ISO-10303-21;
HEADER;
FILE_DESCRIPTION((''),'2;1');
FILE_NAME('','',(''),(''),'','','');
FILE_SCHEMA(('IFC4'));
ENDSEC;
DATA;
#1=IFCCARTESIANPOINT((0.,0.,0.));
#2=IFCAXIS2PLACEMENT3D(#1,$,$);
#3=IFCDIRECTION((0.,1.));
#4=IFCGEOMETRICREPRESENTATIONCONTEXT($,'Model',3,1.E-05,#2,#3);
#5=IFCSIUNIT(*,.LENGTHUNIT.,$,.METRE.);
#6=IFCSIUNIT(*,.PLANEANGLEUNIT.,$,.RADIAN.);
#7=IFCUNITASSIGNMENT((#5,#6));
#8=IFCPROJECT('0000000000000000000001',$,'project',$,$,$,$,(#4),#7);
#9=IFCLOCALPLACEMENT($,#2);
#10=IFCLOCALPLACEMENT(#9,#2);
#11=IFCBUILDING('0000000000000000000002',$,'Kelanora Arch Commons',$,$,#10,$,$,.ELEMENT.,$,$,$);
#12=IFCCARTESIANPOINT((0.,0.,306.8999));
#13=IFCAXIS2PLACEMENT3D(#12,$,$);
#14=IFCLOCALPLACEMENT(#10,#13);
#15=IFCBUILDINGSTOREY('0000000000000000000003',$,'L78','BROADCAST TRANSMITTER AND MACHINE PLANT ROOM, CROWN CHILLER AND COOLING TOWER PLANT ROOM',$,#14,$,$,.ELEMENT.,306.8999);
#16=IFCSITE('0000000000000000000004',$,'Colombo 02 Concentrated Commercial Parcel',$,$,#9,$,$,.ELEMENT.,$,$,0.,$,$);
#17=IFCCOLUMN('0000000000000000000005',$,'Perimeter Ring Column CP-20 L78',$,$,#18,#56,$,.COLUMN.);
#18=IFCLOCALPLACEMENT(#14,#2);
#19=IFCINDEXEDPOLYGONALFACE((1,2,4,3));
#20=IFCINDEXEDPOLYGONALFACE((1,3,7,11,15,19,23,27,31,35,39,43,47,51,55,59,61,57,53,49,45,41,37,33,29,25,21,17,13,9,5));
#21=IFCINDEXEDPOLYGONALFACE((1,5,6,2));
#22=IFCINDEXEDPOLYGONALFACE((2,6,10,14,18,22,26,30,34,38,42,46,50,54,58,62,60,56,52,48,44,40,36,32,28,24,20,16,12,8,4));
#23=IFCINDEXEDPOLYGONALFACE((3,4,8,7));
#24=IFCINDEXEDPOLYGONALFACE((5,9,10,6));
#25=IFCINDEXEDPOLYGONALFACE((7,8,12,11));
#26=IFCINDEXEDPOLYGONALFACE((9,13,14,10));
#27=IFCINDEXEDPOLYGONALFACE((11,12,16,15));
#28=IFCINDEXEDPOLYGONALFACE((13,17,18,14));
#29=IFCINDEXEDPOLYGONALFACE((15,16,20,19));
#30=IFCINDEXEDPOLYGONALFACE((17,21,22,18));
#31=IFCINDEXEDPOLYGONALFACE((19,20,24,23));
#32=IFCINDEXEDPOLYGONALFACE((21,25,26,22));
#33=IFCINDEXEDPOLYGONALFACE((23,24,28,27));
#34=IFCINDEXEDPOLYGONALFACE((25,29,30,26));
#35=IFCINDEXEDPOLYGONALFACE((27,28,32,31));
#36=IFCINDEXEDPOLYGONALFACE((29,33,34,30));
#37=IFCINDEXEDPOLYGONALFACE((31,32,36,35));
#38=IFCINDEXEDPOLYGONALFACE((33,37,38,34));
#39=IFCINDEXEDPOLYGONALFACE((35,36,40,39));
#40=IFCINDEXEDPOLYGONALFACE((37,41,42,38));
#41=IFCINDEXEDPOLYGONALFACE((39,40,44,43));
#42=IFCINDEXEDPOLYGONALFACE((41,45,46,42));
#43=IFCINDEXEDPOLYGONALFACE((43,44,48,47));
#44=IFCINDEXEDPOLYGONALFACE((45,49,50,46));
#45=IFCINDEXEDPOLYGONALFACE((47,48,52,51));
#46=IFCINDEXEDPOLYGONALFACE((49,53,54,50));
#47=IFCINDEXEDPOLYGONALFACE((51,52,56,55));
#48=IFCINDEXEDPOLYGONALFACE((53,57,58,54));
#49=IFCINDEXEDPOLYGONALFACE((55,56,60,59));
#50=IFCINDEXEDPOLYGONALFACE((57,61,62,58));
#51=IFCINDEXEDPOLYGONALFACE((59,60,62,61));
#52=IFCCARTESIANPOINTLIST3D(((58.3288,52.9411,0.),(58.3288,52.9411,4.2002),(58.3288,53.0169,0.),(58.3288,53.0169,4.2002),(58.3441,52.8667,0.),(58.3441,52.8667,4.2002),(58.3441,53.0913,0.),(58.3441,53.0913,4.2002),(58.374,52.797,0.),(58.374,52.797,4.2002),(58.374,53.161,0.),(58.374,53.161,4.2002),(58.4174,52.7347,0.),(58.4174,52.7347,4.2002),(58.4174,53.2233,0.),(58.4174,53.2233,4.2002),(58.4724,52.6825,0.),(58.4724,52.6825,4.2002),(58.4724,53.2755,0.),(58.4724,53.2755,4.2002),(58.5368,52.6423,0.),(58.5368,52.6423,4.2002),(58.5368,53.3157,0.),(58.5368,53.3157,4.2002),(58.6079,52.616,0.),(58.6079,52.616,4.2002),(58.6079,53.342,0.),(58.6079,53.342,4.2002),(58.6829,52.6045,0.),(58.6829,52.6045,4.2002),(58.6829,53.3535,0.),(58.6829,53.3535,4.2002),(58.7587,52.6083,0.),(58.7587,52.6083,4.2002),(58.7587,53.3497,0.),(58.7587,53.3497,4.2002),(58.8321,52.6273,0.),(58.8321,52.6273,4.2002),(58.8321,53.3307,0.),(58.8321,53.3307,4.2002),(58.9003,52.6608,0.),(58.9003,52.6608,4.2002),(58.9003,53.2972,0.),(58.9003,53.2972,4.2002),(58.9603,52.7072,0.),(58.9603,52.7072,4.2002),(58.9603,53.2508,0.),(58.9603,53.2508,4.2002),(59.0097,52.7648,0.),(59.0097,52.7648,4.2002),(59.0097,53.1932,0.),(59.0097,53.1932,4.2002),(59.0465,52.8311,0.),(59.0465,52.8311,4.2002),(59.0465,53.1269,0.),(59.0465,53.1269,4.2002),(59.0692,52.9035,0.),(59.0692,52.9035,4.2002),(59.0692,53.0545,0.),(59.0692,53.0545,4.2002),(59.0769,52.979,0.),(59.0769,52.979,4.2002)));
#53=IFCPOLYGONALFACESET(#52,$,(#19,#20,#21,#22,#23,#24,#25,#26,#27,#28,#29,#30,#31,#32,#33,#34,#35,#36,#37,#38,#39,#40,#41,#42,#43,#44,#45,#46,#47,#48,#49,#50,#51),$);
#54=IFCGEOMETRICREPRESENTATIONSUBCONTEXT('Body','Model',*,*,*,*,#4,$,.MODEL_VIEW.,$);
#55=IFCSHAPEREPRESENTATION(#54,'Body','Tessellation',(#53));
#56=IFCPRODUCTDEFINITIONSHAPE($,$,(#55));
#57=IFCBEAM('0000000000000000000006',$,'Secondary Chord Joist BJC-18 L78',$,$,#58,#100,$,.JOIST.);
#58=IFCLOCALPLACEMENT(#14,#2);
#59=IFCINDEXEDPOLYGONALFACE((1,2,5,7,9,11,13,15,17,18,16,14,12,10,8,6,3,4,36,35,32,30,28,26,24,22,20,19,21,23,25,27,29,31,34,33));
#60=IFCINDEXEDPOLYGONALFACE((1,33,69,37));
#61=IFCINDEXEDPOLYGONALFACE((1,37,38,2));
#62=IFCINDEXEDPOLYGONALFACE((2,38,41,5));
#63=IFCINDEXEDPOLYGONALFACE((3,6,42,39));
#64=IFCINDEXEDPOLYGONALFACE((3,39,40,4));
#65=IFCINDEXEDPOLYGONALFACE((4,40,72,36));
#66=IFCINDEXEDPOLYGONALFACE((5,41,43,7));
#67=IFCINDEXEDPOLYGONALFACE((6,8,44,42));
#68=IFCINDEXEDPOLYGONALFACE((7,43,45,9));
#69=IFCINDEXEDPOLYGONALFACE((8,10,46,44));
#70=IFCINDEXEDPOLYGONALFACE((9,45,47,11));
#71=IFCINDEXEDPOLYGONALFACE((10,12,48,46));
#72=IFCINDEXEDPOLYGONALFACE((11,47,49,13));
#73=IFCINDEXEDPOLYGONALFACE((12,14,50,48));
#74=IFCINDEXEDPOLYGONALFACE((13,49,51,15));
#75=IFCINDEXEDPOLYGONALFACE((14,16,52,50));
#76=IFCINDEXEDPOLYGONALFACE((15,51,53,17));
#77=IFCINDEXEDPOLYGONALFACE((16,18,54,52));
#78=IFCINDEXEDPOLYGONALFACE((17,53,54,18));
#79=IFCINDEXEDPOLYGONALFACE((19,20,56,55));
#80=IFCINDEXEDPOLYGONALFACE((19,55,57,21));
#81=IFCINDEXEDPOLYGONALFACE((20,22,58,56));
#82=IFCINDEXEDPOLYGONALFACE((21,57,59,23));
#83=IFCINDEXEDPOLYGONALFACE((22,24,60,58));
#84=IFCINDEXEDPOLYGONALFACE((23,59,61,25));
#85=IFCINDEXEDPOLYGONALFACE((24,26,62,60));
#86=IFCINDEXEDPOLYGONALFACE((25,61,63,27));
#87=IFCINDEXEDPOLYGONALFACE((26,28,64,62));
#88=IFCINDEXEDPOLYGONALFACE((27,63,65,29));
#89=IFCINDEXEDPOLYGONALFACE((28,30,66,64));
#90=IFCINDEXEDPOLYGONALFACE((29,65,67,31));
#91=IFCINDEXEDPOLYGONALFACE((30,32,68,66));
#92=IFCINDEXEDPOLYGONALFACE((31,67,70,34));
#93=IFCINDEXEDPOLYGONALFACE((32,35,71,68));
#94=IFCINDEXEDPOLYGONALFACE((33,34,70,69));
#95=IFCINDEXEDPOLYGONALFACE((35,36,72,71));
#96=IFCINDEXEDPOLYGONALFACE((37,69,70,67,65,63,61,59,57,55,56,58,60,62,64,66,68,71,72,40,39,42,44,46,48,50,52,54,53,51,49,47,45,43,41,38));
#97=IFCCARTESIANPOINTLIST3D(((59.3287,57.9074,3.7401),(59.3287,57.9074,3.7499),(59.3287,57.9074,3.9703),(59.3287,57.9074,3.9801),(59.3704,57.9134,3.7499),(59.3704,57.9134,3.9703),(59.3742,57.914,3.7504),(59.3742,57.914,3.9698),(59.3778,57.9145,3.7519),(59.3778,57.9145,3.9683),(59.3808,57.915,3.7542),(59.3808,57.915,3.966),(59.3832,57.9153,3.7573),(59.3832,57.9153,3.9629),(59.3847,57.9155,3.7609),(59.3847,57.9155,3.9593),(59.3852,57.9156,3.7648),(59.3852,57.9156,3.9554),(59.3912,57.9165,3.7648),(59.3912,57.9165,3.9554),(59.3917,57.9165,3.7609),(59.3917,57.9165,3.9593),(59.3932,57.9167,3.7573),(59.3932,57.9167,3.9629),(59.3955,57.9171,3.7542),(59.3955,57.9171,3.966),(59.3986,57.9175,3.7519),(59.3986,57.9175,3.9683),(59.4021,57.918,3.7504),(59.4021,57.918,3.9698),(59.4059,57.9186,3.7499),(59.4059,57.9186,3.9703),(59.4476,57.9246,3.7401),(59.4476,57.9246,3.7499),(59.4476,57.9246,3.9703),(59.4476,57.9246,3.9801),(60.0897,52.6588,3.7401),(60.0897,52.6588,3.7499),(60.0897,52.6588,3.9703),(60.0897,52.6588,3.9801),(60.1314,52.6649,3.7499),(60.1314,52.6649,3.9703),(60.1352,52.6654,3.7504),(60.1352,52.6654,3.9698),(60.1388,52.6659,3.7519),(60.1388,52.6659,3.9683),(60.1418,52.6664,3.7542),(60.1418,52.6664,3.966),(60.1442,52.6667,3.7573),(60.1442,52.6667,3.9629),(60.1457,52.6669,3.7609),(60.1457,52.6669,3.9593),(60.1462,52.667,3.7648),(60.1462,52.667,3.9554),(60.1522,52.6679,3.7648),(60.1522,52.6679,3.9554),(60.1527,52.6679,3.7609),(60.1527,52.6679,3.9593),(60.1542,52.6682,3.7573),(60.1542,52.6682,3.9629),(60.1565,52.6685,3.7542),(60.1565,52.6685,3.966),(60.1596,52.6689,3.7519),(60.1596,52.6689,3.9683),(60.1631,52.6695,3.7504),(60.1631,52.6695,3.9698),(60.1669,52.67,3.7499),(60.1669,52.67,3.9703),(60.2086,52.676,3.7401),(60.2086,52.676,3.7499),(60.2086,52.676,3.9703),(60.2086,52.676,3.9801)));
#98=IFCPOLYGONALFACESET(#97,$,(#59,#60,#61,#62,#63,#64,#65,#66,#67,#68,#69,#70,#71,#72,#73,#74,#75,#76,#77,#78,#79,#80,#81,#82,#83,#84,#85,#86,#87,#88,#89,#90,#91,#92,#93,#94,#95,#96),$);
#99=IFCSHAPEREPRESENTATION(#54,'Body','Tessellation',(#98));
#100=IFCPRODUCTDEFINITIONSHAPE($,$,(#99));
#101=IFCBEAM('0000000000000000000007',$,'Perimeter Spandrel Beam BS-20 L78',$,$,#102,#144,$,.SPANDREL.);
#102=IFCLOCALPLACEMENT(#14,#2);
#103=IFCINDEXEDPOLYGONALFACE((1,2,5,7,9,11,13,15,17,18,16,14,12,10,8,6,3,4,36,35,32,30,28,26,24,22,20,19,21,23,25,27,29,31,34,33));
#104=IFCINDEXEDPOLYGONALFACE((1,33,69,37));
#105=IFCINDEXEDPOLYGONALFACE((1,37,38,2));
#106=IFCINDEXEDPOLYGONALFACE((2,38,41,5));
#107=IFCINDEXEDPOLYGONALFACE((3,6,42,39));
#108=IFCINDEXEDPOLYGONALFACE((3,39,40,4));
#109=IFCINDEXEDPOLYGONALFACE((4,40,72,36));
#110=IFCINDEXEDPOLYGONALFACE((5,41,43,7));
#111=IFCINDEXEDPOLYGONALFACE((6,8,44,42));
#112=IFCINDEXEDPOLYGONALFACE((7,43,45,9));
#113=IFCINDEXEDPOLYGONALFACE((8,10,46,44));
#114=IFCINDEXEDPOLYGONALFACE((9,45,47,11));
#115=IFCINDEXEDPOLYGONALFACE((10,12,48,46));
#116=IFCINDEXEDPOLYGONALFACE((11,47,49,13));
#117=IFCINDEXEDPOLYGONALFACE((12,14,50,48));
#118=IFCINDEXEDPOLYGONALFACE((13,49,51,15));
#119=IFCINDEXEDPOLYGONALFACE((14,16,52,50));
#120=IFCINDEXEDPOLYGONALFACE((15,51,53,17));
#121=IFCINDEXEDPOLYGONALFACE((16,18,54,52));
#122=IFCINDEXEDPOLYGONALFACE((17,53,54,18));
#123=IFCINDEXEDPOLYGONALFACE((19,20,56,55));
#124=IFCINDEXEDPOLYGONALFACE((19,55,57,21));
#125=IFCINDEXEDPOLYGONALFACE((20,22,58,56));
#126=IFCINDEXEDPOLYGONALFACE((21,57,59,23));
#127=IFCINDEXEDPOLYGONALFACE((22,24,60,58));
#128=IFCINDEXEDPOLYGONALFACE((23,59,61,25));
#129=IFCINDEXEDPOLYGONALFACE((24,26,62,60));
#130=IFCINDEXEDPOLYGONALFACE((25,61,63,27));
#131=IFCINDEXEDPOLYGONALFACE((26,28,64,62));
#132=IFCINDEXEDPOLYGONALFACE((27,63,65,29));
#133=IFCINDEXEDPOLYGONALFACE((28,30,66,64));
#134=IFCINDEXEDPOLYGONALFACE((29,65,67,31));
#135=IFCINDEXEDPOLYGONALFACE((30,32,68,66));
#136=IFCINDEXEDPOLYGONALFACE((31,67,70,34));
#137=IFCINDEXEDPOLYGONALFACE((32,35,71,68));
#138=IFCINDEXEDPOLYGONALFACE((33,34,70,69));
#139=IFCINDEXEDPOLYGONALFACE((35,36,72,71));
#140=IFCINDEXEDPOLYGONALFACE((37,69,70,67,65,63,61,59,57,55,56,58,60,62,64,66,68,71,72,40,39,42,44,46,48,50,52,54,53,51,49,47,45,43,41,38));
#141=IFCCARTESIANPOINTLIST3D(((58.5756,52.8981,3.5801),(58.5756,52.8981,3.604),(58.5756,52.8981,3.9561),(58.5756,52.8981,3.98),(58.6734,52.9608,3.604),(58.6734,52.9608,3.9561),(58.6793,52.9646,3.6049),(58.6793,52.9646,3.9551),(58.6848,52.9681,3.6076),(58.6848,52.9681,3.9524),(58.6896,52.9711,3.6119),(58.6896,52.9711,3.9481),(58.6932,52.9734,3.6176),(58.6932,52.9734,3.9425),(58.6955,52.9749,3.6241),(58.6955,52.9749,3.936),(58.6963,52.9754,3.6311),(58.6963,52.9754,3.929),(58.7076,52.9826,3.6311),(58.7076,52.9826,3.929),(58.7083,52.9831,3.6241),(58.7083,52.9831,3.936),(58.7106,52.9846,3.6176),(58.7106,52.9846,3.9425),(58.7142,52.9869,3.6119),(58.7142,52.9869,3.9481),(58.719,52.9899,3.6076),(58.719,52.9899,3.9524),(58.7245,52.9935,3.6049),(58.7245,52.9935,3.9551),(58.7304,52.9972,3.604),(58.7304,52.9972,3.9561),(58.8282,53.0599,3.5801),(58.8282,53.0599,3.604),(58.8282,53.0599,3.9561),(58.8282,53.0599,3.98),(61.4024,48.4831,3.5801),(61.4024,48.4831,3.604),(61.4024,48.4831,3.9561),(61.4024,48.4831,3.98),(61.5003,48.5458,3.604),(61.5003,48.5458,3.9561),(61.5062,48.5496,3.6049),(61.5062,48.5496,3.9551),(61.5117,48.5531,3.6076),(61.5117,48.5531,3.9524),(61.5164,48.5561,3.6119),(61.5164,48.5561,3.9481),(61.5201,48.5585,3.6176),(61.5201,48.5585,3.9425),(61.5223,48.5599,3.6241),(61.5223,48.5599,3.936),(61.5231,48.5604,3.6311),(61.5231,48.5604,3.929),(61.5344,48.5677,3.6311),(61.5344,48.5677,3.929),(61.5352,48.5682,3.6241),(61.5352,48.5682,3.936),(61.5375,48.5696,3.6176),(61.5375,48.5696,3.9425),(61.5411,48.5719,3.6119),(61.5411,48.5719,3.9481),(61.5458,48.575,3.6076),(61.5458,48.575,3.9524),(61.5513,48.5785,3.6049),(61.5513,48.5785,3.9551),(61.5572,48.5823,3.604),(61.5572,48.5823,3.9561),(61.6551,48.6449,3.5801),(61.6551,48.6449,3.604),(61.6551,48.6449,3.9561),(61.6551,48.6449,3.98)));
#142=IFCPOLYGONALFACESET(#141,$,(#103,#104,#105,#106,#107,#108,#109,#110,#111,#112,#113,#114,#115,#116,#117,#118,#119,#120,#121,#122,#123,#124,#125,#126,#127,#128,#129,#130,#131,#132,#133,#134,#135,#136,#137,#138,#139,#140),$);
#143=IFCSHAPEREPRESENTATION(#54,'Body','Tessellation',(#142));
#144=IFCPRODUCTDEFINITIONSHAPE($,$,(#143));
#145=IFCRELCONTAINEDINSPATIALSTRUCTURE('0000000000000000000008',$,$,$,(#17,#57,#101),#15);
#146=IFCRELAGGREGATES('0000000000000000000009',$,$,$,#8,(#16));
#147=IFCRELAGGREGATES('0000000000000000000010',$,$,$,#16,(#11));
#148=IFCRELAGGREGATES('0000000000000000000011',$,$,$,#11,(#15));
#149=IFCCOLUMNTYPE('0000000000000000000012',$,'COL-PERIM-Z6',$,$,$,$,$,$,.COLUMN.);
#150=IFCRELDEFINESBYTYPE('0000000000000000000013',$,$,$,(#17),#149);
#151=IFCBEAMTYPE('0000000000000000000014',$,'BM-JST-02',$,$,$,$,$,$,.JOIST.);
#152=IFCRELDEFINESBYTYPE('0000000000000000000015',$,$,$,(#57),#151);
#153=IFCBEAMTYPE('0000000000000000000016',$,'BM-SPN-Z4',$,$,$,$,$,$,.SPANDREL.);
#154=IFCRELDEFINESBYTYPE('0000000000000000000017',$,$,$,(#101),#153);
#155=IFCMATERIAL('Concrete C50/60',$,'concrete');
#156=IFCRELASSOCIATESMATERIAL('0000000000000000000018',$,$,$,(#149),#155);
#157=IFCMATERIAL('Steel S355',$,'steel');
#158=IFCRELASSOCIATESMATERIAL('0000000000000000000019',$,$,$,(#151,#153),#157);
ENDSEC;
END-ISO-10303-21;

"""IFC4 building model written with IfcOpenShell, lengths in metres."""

from ifc_helpers import new_model, si_unit, direction, frame, origin, origin_2d, place, context, subcontext, project, spatial, circle, i_section, extrude, material, material_profile, profile_set, type_object, element, save


model = new_model("IFC4")

# Units and contexts
model_context = context("Model", 3, precision=1e-05, world=origin(), true_north=direction((0.0, 1.0)))
body_context = subcontext(model_context, "Body", "Model", "MODEL_VIEW")
ifc_project = project(units=[si_unit("LENGTHUNIT", "METRE"), si_unit("PLANEANGLEUNIT", "RADIAN")], contexts=[model_context])

# Site, building, storey
site_placement = place(None, origin())
site = spatial("IfcSite", under=ifc_project, at=site_placement, Name="Colombo 02 Concentrated Commercial Parcel", CompositionType="ELEMENT", RefElevation=0.0)
building_placement = place(site_placement, origin())
building = spatial("IfcBuilding", under=site, at=building_placement, Name="Kelanora Arch Commons", CompositionType="ELEMENT")
storey_placement = place(building_placement, frame((0.0, 0.0, 306.8999)))
storey = spatial("IfcBuildingStorey", under=building, at=storey_placement, Name="L78", Description="BROADCAST TRANSMITTER AND MACHINE PLANT ROOM, CROWN CHILLER AND COOLING TOWER PLANT ROOM", CompositionType="ELEMENT", Elevation=306.8999)

# Column
ifc_material_1 = material(Name="Concrete C50/60", Category="concrete")
ifc_material_profile_1 = material_profile(ifc_material_1, circle(Radius=0.375, at=origin_2d()), Name="RCC750")
ifc_profile_set_1 = profile_set([ifc_material_profile_1], Name="Concrete C50/60")
column_type = type_object("IfcColumnType", Name="COL-PERIM-Z6", PredefinedType="COLUMN", material=ifc_profile_set_1)
column_placement = place(storey_placement, frame((58.7019, 52.979, 0.0), z_axis=(0.0, 0.0, 1.0), x_axis=(1.0, 0.0, 0.0)))
element("IfcColumn", 1, at=column_placement, inside=storey, type_object=column_type, Name="Perimeter Ring Column CP-20 L78", PredefinedType="COLUMN", context=body_context, shape_type="SweptSolid", body=[
    extrude(circle(Radius=0.375, at=origin_2d()), origin(), (0.0, 0.0, 1.0), 4.2002),
])

# Beams
ifc_material_2 = material(Name="Steel S355", Category="steel")
ifc_material_profile_2 = material_profile(ifc_material_2, i_section(OverallWidth=0.1201, OverallDepth=0.24, WebThickness=0.0061, FlangeThickness=0.0098, FilletRadius=0.0149, at=origin_2d()), Name="IPE240")
ifc_profile_set_2 = profile_set([ifc_material_profile_2], Name="Steel S355")
beam_type_1 = type_object("IfcBeamType", Name="BM-JST-02", PredefinedType="JOIST", material=ifc_profile_set_2)
beam_1_placement = place(storey_placement, frame((59.3882, 57.916, 3.8601), z_axis=(0.14349, -0.989652, 0.0), x_axis=(0.989652, 0.14349, 0.0)))
element("IfcBeam", 2, at=beam_1_placement, inside=storey, type_object=beam_type_1, Name="Secondary Chord Joist BJC-18 L78", PredefinedType="JOIST", context=body_context, shape_type="SweptSolid", body=[
    extrude(i_section(OverallWidth=0.1201, OverallDepth=0.24, WebThickness=0.0061, FlangeThickness=0.0098, FilletRadius=0.0149, at=origin_2d()), origin(), (0.0, 0.0, 1.0), 5.3035),
])
ifc_material_profile_3 = material_profile(ifc_material_2, i_section(OverallWidth=0.3, OverallDepth=0.3999, WebThickness=0.0134, FlangeThickness=0.0239, FilletRadius=0.0271, at=origin_2d()), Name="HEB400")
ifc_profile_set_3 = profile_set([ifc_material_profile_3], Name="Steel S355")
beam_type_2 = type_object("IfcBeamType", Name="BM-SPN-Z4", PredefinedType="SPANDREL", material=ifc_profile_set_3)
beam_2_placement = place(storey_placement, frame((58.7019, 52.979, 3.78), z_axis=(0.539227, -0.842161, 0.0), x_axis=(0.842161, 0.539227, 0.0)))
element("IfcBeam", 3, at=beam_2_placement, inside=storey, type_object=beam_type_2, Name="Perimeter Spandrel Beam BS-20 L78", PredefinedType="SPANDREL", context=body_context, shape_type="SweptSolid", body=[
    extrude(i_section(OverallWidth=0.3, OverallDepth=0.3999, WebThickness=0.0134, FlangeThickness=0.0239, FilletRadius=0.0271, at=origin_2d()), origin(), (0.0, 0.0, 1.0), 5.2424),
])

save(model, "model.ifc")
